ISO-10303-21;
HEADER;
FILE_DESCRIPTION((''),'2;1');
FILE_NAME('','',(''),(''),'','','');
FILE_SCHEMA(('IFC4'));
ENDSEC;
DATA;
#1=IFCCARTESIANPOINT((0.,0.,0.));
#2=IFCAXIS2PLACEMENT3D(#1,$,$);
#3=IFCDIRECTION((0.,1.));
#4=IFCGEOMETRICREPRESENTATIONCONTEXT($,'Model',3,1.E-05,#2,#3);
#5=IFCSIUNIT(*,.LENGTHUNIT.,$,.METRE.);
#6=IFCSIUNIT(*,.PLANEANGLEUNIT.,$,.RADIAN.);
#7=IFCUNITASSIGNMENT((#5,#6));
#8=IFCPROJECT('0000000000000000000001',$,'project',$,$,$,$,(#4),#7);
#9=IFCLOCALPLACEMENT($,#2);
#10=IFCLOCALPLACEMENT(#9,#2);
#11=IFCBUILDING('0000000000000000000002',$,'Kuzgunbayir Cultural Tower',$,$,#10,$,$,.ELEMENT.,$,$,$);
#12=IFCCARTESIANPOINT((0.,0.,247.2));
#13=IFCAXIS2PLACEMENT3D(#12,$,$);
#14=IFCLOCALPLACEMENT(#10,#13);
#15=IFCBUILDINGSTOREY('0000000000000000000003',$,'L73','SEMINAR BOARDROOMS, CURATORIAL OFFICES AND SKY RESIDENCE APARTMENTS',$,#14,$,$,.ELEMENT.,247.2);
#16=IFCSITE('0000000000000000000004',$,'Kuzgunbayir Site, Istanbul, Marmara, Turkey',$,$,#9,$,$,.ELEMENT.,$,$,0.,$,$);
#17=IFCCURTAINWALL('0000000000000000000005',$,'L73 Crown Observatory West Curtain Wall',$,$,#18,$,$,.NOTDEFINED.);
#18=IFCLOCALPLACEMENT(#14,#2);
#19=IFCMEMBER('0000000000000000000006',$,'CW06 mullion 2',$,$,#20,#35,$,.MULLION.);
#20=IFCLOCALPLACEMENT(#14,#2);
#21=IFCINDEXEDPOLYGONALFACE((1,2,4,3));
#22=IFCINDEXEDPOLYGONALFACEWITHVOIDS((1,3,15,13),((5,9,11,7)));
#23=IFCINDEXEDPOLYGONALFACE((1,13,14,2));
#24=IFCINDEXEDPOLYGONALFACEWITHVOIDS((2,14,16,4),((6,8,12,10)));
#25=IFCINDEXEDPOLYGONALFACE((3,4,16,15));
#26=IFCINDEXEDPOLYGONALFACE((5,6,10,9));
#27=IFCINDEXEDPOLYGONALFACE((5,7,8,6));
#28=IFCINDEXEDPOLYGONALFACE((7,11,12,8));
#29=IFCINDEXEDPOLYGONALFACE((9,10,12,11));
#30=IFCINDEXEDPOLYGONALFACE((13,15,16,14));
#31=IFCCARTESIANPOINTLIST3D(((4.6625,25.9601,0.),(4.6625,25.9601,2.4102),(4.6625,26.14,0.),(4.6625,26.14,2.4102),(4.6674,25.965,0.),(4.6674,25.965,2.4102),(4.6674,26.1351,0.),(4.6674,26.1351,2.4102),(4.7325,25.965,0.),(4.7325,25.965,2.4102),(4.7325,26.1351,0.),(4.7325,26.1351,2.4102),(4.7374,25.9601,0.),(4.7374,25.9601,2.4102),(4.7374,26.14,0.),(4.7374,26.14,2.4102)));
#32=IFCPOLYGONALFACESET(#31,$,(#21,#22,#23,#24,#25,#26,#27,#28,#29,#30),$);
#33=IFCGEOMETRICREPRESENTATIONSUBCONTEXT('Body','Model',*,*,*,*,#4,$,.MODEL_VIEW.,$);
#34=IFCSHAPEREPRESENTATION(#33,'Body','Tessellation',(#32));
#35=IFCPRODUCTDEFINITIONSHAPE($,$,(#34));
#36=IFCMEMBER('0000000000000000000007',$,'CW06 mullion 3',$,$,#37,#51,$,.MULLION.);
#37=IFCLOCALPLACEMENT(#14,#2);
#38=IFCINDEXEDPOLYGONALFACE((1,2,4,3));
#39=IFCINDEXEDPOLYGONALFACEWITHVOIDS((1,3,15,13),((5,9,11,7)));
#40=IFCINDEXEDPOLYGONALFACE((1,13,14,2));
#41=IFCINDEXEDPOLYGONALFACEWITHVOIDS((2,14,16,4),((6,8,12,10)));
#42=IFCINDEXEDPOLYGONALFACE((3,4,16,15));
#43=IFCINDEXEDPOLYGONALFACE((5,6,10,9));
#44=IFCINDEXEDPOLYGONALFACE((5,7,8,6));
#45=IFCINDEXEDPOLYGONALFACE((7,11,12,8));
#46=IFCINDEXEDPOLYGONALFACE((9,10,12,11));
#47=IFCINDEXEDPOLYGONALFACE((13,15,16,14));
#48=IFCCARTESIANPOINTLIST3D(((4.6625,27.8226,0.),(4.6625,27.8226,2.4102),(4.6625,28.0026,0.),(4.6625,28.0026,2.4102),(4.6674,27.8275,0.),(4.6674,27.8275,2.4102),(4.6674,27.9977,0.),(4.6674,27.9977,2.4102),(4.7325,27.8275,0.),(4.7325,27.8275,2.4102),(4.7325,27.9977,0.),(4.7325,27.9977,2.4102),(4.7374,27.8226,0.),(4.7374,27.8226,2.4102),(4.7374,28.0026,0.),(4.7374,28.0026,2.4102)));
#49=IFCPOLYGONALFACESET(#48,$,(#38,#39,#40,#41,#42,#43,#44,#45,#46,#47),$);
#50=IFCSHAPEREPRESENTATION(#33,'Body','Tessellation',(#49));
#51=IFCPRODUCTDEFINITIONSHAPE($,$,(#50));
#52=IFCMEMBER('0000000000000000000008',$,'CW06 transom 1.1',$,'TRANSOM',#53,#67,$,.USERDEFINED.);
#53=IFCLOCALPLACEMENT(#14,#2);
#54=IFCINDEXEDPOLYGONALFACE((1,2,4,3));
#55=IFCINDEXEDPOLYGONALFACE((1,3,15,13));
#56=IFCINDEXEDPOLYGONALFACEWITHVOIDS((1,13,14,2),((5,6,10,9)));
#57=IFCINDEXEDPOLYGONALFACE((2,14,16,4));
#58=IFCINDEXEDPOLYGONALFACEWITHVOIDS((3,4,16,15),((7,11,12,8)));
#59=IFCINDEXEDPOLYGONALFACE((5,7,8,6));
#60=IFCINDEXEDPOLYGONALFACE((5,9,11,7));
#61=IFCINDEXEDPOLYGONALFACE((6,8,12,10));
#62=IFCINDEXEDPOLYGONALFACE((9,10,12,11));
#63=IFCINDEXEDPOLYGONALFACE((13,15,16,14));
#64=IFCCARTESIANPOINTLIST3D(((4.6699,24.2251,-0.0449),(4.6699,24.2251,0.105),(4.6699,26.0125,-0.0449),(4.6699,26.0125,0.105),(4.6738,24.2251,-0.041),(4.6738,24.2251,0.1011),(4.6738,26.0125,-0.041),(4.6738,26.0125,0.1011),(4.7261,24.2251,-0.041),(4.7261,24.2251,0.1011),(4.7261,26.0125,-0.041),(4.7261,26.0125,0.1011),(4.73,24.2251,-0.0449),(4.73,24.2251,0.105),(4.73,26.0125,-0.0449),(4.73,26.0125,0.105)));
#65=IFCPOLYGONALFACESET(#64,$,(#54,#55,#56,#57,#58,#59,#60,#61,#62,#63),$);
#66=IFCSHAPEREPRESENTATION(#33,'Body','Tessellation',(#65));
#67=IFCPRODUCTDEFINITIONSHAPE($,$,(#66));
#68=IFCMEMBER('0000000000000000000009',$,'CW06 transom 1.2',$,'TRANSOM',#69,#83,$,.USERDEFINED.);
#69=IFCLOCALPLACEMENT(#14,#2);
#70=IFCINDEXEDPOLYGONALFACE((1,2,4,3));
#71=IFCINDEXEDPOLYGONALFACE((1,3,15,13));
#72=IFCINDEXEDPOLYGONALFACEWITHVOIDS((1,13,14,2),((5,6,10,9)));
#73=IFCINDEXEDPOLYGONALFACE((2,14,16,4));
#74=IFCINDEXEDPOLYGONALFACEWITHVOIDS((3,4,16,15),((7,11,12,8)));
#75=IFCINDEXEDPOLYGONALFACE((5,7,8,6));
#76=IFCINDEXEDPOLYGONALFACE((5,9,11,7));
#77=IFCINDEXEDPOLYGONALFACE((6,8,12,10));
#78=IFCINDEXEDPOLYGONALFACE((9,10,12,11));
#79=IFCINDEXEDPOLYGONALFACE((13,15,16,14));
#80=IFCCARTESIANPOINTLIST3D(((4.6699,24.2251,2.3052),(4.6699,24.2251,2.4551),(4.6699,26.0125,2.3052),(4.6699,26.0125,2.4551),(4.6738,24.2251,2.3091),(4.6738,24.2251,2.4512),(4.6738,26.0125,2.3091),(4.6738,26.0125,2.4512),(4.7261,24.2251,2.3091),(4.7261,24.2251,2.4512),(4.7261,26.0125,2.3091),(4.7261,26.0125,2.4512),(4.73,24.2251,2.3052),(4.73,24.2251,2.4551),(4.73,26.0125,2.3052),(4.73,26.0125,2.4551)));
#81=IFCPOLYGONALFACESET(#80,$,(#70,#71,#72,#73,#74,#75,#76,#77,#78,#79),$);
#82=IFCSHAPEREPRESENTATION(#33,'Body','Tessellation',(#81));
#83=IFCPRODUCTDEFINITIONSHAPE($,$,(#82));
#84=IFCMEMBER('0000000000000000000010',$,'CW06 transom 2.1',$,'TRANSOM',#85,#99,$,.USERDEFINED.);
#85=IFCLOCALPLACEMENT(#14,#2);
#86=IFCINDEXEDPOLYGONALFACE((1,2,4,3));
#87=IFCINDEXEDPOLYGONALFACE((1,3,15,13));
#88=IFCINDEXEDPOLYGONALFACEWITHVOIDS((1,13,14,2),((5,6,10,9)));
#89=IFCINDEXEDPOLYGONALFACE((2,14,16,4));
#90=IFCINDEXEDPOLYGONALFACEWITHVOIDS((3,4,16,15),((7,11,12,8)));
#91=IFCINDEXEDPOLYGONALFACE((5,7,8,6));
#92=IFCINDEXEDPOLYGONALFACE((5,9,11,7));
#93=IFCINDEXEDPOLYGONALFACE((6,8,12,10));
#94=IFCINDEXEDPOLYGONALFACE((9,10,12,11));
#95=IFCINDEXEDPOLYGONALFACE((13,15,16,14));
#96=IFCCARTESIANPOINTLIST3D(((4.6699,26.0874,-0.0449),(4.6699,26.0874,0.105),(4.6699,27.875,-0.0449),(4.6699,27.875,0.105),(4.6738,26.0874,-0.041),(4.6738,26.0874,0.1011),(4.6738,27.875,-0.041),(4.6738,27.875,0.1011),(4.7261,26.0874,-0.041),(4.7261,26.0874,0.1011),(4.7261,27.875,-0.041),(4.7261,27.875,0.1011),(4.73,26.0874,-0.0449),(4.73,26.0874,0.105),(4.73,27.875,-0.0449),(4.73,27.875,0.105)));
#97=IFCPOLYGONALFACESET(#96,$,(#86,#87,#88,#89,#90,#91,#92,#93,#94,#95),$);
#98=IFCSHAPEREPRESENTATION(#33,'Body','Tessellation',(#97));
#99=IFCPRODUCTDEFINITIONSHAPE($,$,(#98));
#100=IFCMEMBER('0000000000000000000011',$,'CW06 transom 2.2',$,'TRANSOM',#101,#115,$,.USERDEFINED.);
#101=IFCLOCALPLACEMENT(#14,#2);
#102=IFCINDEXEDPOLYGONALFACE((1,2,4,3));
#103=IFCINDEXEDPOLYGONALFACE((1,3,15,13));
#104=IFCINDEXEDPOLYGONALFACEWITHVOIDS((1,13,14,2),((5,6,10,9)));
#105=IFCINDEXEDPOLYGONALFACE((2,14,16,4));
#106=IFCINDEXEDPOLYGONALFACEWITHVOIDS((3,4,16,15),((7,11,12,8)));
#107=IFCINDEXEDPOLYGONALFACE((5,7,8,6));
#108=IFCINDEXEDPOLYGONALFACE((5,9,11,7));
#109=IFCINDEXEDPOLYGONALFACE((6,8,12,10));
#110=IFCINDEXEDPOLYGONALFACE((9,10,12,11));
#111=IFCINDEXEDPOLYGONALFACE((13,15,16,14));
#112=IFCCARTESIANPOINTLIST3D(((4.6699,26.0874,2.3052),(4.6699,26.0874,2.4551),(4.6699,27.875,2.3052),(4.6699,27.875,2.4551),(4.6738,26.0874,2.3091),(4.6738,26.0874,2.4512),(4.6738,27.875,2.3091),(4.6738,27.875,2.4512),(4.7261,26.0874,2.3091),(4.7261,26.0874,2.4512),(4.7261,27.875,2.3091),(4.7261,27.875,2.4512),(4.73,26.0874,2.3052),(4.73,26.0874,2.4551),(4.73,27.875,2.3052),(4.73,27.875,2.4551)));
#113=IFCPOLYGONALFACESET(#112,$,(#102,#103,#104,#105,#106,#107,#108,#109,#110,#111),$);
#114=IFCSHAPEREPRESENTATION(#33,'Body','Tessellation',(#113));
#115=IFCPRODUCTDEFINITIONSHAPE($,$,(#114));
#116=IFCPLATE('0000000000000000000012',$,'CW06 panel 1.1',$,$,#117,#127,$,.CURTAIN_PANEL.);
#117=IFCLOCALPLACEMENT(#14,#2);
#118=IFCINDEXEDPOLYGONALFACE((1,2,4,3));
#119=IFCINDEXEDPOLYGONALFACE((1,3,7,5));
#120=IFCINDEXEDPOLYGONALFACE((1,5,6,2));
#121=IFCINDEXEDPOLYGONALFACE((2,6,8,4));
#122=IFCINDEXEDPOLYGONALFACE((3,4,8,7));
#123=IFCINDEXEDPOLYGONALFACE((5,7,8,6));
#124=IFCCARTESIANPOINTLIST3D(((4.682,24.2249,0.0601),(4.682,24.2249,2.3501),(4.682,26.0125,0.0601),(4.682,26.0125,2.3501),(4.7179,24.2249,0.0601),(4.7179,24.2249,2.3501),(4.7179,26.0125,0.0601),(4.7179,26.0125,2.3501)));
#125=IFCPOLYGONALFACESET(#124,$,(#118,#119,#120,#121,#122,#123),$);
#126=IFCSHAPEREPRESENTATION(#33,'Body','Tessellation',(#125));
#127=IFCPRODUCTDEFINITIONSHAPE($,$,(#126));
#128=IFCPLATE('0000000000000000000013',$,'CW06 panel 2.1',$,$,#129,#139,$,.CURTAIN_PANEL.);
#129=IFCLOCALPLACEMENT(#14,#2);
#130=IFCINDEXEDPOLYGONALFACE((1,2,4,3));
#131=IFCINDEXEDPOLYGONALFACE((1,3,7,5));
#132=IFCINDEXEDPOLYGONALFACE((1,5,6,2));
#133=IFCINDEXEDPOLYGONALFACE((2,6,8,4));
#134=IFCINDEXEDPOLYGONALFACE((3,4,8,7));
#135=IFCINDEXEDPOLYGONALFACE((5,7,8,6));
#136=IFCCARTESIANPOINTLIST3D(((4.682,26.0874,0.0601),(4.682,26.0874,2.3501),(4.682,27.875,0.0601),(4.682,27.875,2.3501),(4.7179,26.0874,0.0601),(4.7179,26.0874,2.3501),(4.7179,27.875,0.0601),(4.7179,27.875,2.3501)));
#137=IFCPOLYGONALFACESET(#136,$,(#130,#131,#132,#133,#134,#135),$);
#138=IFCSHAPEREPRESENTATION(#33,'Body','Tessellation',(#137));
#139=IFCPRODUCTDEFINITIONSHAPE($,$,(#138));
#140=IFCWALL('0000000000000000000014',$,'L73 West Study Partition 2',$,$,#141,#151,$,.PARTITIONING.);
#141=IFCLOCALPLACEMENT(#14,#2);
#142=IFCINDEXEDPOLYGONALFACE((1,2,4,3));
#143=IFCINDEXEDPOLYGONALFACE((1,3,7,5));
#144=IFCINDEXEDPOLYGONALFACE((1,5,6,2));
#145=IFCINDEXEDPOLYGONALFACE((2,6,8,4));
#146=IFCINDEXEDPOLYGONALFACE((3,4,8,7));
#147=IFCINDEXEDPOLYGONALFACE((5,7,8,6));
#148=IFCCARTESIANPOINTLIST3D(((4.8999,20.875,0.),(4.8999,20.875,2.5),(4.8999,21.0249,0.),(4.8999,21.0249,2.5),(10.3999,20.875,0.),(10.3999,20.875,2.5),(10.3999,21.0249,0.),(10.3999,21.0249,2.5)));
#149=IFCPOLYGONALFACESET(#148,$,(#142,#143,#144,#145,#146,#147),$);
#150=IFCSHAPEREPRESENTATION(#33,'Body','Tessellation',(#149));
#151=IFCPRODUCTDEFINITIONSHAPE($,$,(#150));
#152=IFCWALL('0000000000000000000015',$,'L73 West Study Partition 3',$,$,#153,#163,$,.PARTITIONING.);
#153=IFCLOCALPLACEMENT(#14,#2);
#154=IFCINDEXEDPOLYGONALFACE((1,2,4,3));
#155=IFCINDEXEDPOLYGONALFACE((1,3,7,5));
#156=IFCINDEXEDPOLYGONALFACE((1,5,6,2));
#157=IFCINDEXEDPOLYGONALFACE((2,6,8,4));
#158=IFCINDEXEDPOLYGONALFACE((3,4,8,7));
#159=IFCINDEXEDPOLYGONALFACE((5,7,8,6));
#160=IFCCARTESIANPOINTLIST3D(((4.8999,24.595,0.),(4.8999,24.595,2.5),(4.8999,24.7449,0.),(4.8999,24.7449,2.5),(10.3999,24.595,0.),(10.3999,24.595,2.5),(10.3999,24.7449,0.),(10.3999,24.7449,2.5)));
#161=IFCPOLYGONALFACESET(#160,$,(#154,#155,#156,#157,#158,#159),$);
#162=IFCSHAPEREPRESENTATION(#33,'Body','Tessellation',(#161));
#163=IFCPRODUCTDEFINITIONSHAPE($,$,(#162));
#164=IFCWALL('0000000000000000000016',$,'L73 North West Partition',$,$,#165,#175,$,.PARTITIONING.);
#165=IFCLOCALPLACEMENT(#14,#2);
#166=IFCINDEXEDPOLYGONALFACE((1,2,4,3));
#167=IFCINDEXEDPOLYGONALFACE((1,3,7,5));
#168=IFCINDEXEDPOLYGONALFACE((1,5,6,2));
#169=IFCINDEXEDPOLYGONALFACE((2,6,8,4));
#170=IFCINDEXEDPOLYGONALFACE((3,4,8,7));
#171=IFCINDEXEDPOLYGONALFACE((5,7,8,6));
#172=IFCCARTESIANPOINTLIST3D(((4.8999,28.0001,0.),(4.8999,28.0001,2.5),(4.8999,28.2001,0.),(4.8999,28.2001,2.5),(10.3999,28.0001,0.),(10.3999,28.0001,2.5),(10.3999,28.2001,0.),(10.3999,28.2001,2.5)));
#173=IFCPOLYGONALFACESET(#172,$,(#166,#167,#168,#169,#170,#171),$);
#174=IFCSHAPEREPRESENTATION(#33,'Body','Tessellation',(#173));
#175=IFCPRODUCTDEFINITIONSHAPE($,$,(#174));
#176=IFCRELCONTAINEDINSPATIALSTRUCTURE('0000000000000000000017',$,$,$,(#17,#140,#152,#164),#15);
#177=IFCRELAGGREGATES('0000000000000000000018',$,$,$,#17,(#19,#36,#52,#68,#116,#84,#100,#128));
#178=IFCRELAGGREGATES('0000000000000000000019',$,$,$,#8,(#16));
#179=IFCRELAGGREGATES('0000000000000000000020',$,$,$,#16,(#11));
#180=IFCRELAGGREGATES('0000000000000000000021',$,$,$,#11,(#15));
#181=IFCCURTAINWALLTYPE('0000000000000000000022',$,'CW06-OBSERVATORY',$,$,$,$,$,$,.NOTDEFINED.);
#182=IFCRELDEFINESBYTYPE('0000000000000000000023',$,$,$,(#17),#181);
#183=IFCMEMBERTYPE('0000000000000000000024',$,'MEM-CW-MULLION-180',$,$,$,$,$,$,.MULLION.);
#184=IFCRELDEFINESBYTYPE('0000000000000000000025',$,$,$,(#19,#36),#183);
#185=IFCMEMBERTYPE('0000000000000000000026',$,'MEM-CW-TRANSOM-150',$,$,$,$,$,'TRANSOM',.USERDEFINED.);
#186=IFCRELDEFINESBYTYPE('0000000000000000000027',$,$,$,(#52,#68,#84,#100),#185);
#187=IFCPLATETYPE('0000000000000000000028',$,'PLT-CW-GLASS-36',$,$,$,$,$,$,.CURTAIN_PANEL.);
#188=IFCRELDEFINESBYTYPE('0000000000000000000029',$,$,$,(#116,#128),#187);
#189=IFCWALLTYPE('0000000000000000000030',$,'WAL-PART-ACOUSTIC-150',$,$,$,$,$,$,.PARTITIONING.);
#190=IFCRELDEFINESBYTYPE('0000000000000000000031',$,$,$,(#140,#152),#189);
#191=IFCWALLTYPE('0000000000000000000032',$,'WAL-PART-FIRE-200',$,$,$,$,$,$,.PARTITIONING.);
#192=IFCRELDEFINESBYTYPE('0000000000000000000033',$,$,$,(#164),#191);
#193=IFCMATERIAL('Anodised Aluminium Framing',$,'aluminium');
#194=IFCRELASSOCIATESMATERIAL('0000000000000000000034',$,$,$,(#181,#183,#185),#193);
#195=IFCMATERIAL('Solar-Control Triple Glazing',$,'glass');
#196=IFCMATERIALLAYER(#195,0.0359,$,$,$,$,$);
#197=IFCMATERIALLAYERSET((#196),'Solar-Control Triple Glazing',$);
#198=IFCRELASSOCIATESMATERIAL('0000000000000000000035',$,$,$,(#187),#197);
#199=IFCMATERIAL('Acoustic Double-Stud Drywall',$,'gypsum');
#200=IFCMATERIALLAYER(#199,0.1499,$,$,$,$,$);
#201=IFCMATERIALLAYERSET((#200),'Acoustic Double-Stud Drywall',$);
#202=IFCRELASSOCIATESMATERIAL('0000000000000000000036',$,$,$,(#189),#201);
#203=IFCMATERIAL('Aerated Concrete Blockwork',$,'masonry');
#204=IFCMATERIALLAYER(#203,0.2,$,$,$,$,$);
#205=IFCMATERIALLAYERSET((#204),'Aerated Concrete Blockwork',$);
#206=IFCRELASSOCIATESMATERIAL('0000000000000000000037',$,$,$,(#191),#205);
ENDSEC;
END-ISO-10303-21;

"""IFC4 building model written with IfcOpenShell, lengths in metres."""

from ifc_helpers import new_model, si_unit, direction, frame, frame_2d, origin, origin_2d, place, context, subcontext, project, spatial, rectangle, hollow_rectangle, extrude, material, layer, layer_set, material_profile, profile_set, type_object, element, aggregate, save


model = new_model("IFC4")

# Units and contexts
model_context = context("Model", 3, precision=1e-05, world=origin(), true_north=direction((0.0, 1.0)))
body_context = subcontext(model_context, "Body", "Model", "MODEL_VIEW")
ifc_project = project(units=[si_unit("LENGTHUNIT", "METRE"), si_unit("PLANEANGLEUNIT", "RADIAN")], contexts=[model_context])

# Site, building, storey
site_placement = place(None, origin())
site = spatial("IfcSite", under=ifc_project, at=site_placement, Name="Kuzgunbayir Site, Istanbul, Marmara, Turkey", CompositionType="ELEMENT", RefElevation=0.0)
building_placement = place(site_placement, origin())
building = spatial("IfcBuilding", under=site, at=building_placement, Name="Kuzgunbayir Cultural Tower", CompositionType="ELEMENT")
storey_placement = place(building_placement, frame((0.0, 0.0, 247.2)))
storey = spatial("IfcBuildingStorey", under=building, at=storey_placement, Name="L73", Description="SEMINAR BOARDROOMS, CURATORIAL OFFICES AND SKY RESIDENCE APARTMENTS", CompositionType="ELEMENT", Elevation=247.2)

# Curtain wall, members, plates
ifc_material_1 = material(Name="Anodised Aluminium Framing", Category="aluminium")
curtain_wall_type = type_object("IfcCurtainWallType", Name="CW06-OBSERVATORY", PredefinedType="NOTDEFINED", material=ifc_material_1)
curtain_wall_placement = place(storey_placement, origin())
curtain_wall = element("IfcCurtainWall", 1, at=curtain_wall_placement, inside=storey, type_object=curtain_wall_type, Name="L73 Crown Observatory West Curtain Wall", PredefinedType="NOTDEFINED")
ifc_material_profile_1 = material_profile(ifc_material_1, hollow_rectangle(XDim=0.075, YDim=0.1799, WallThickness=0.0049, at=origin_2d()), Name="RHS 180x75x5")
ifc_profile_set_1 = profile_set([ifc_material_profile_1], Name="Anodised Aluminium Framing")
member_type_1 = type_object("IfcMemberType", Name="MEM-CW-MULLION-180", PredefinedType="MULLION", material=ifc_profile_set_1)
member_1_placement = place(storey_placement, frame((4.7, 26.05, 0.0), z_axis=(0.0, 0.0, 1.0), x_axis=(-1.0, 0.0, 0.0)))
member_1 = element("IfcMember", 2, at=member_1_placement, type_object=member_type_1, Name="CW06 mullion 2", PredefinedType="MULLION", context=body_context, shape_type="SweptSolid", body=[
    extrude(hollow_rectangle(XDim=0.075, YDim=0.1799, WallThickness=0.0049, at=origin_2d()), origin(), (0.0, 0.0, 1.0), 2.4102),
])
member_2_placement = place(storey_placement, frame((4.7, 27.9126, 0.0), z_axis=(0.0, 0.0, 1.0), x_axis=(-1.0, 0.0, 0.0)))
member_2 = element("IfcMember", 3, at=member_2_placement, type_object=member_type_1, Name="CW06 mullion 3", PredefinedType="MULLION", context=body_context, shape_type="SweptSolid", body=[
    extrude(hollow_rectangle(XDim=0.075, YDim=0.1799, WallThickness=0.0049, at=origin_2d()), origin(), (0.0, 0.0, 1.0), 2.4102),
])
ifc_material_profile_2 = material_profile(ifc_material_1, hollow_rectangle(XDim=0.0601, YDim=0.1499, WallThickness=0.0039, at=origin_2d()), Name="RHS 150x60x4")
ifc_profile_set_2 = profile_set([ifc_material_profile_2], Name="Anodised Aluminium Framing")
member_type_2 = type_object("IfcMemberType", Name="MEM-CW-TRANSOM-150", ElementType="TRANSOM", PredefinedType="USERDEFINED", material=ifc_profile_set_2)
member_3_placement = place(storey_placement, frame((4.7, 24.2251, 0.03), z_axis=(0.0, 1.0, 0.0), x_axis=(-1.0, 0.0, 0.0)))
member_3 = element("IfcMember", 4, at=member_3_placement, type_object=member_type_2, Name="CW06 transom 1.1", ObjectType="TRANSOM", PredefinedType="USERDEFINED", context=body_context, shape_type="SweptSolid", body=[
    extrude(hollow_rectangle(XDim=0.0601, YDim=0.1499, WallThickness=0.0039, at=origin_2d()), origin(), (0.0, 0.0, 1.0), 1.7874),
])
member_4_placement = place(storey_placement, frame((4.7, 24.2251, 2.3801), z_axis=(0.0, 1.0, 0.0), x_axis=(-1.0, 0.0, 0.0)))
member_4 = element("IfcMember", 5, at=member_4_placement, type_object=member_type_2, Name="CW06 transom 1.2", ObjectType="TRANSOM", PredefinedType="USERDEFINED", context=body_context, shape_type="SweptSolid", body=[
    extrude(hollow_rectangle(XDim=0.0601, YDim=0.1499, WallThickness=0.0039, at=origin_2d()), origin(), (0.0, 0.0, 1.0), 1.7874),
])
member_5_placement = place(storey_placement, frame((4.7, 26.0874, 0.03), z_axis=(0.0, 1.0, 0.0), x_axis=(-1.0, 0.0, 0.0)))
member_5 = element("IfcMember", 6, at=member_5_placement, type_object=member_type_2, Name="CW06 transom 2.1", ObjectType="TRANSOM", PredefinedType="USERDEFINED", context=body_context, shape_type="SweptSolid", body=[
    extrude(hollow_rectangle(XDim=0.0601, YDim=0.1499, WallThickness=0.0039, at=origin_2d()), origin(), (0.0, 0.0, 1.0), 1.7876),
])
member_6_placement = place(storey_placement, frame((4.7, 26.0874, 2.3801), z_axis=(0.0, 1.0, 0.0), x_axis=(-1.0, 0.0, 0.0)))
member_6 = element("IfcMember", 7, at=member_6_placement, type_object=member_type_2, Name="CW06 transom 2.2", ObjectType="TRANSOM", PredefinedType="USERDEFINED", context=body_context, shape_type="SweptSolid", body=[
    extrude(hollow_rectangle(XDim=0.0601, YDim=0.1499, WallThickness=0.0039, at=origin_2d()), origin(), (0.0, 0.0, 1.0), 1.7876),
])
ifc_material_2 = material(Name="Solar-Control Triple Glazing", Category="glass")
ifc_layer_1 = layer(ifc_material_2, 0.0359)
ifc_layer_set_1 = layer_set([ifc_layer_1], Name="Solar-Control Triple Glazing")
plate_type = type_object("IfcPlateType", Name="PLT-CW-GLASS-36", PredefinedType="CURTAIN_PANEL", material=ifc_layer_set_1)
plate_1_placement = place(storey_placement, frame((4.7, 25.1187, 0.0601), z_axis=(0.0, 0.0, 1.0), x_axis=(0.0, 1.0, 0.0)))
plate_1 = element("IfcPlate", 8, at=plate_1_placement, type_object=plate_type, Name="CW06 panel 1.1", PredefinedType="CURTAIN_PANEL", context=body_context, shape_type="SweptSolid", body=[
    extrude(rectangle(XDim=1.7876, YDim=0.0359, at=origin_2d()), origin(), (0.0, 0.0, 1.0), 2.29),
])
plate_2_placement = place(storey_placement, frame((4.7, 26.9812, 0.0601), z_axis=(0.0, 0.0, 1.0), x_axis=(0.0, 1.0, 0.0)))
plate_2 = element("IfcPlate", 9, at=plate_2_placement, type_object=plate_type, Name="CW06 panel 2.1", PredefinedType="CURTAIN_PANEL", context=body_context, shape_type="SweptSolid", body=[
    extrude(rectangle(XDim=1.7876, YDim=0.0359, at=origin_2d()), origin(), (0.0, 0.0, 1.0), 2.29),
])
aggregate(curtain_wall, [member_1, member_2, member_3, member_4, plate_1, member_5, member_6, plate_2])

# Walls
ifc_material_3 = material(Name="Acoustic Double-Stud Drywall", Category="gypsum")
ifc_layer_2 = layer(ifc_material_3, 0.1499)
ifc_layer_set_2 = layer_set([ifc_layer_2], Name="Acoustic Double-Stud Drywall")
wall_type_1 = type_object("IfcWallType", Name="WAL-PART-ACOUSTIC-150", PredefinedType="PARTITIONING", material=ifc_layer_set_2)
for number, where, z_axis, x_axis, name in (
    (10, (4.8999, 20.95, 0.0), (0.0, 0.0, 1.0), (1.0, 0.0, 0.0), "L73 West Study Partition 2"),
    (11, (4.8999, 24.6699, 0.0), (0.0, 0.0, 1.0), (1.0, 0.0, 0.0), "L73 West Study Partition 3"),
):
    element("IfcWall", number, at=place(storey_placement, frame(where, z_axis=z_axis, x_axis=x_axis)), inside=storey, type_object=wall_type_1, Name=name, PredefinedType="PARTITIONING", context=body_context, shape_type="SweptSolid", body=[
        extrude(rectangle(XDim=5.5, YDim=0.1499, at=frame_2d((2.75, 0.0))), origin(), (0.0, 0.0, 1.0), 2.5),
    ])
ifc_material_4 = material(Name="Aerated Concrete Blockwork", Category="masonry")
ifc_layer_3 = layer(ifc_material_4, 0.2)
ifc_layer_set_3 = layer_set([ifc_layer_3], Name="Aerated Concrete Blockwork")
wall_type_2 = type_object("IfcWallType", Name="WAL-PART-FIRE-200", PredefinedType="PARTITIONING", material=ifc_layer_set_3)
wall_placement = place(storey_placement, frame((4.8999, 28.1001, 0.0), z_axis=(0.0, 0.0, 1.0), x_axis=(1.0, 0.0, 0.0)))
element("IfcWall", 12, at=wall_placement, inside=storey, type_object=wall_type_2, Name="L73 North West Partition", PredefinedType="PARTITIONING", context=body_context, shape_type="SweptSolid", body=[
    extrude(rectangle(XDim=5.5, YDim=0.2, at=frame_2d((2.75, 0.0))), origin(), (0.0, 0.0, 1.0), 2.5),
])

save(model, "model.ifc")
